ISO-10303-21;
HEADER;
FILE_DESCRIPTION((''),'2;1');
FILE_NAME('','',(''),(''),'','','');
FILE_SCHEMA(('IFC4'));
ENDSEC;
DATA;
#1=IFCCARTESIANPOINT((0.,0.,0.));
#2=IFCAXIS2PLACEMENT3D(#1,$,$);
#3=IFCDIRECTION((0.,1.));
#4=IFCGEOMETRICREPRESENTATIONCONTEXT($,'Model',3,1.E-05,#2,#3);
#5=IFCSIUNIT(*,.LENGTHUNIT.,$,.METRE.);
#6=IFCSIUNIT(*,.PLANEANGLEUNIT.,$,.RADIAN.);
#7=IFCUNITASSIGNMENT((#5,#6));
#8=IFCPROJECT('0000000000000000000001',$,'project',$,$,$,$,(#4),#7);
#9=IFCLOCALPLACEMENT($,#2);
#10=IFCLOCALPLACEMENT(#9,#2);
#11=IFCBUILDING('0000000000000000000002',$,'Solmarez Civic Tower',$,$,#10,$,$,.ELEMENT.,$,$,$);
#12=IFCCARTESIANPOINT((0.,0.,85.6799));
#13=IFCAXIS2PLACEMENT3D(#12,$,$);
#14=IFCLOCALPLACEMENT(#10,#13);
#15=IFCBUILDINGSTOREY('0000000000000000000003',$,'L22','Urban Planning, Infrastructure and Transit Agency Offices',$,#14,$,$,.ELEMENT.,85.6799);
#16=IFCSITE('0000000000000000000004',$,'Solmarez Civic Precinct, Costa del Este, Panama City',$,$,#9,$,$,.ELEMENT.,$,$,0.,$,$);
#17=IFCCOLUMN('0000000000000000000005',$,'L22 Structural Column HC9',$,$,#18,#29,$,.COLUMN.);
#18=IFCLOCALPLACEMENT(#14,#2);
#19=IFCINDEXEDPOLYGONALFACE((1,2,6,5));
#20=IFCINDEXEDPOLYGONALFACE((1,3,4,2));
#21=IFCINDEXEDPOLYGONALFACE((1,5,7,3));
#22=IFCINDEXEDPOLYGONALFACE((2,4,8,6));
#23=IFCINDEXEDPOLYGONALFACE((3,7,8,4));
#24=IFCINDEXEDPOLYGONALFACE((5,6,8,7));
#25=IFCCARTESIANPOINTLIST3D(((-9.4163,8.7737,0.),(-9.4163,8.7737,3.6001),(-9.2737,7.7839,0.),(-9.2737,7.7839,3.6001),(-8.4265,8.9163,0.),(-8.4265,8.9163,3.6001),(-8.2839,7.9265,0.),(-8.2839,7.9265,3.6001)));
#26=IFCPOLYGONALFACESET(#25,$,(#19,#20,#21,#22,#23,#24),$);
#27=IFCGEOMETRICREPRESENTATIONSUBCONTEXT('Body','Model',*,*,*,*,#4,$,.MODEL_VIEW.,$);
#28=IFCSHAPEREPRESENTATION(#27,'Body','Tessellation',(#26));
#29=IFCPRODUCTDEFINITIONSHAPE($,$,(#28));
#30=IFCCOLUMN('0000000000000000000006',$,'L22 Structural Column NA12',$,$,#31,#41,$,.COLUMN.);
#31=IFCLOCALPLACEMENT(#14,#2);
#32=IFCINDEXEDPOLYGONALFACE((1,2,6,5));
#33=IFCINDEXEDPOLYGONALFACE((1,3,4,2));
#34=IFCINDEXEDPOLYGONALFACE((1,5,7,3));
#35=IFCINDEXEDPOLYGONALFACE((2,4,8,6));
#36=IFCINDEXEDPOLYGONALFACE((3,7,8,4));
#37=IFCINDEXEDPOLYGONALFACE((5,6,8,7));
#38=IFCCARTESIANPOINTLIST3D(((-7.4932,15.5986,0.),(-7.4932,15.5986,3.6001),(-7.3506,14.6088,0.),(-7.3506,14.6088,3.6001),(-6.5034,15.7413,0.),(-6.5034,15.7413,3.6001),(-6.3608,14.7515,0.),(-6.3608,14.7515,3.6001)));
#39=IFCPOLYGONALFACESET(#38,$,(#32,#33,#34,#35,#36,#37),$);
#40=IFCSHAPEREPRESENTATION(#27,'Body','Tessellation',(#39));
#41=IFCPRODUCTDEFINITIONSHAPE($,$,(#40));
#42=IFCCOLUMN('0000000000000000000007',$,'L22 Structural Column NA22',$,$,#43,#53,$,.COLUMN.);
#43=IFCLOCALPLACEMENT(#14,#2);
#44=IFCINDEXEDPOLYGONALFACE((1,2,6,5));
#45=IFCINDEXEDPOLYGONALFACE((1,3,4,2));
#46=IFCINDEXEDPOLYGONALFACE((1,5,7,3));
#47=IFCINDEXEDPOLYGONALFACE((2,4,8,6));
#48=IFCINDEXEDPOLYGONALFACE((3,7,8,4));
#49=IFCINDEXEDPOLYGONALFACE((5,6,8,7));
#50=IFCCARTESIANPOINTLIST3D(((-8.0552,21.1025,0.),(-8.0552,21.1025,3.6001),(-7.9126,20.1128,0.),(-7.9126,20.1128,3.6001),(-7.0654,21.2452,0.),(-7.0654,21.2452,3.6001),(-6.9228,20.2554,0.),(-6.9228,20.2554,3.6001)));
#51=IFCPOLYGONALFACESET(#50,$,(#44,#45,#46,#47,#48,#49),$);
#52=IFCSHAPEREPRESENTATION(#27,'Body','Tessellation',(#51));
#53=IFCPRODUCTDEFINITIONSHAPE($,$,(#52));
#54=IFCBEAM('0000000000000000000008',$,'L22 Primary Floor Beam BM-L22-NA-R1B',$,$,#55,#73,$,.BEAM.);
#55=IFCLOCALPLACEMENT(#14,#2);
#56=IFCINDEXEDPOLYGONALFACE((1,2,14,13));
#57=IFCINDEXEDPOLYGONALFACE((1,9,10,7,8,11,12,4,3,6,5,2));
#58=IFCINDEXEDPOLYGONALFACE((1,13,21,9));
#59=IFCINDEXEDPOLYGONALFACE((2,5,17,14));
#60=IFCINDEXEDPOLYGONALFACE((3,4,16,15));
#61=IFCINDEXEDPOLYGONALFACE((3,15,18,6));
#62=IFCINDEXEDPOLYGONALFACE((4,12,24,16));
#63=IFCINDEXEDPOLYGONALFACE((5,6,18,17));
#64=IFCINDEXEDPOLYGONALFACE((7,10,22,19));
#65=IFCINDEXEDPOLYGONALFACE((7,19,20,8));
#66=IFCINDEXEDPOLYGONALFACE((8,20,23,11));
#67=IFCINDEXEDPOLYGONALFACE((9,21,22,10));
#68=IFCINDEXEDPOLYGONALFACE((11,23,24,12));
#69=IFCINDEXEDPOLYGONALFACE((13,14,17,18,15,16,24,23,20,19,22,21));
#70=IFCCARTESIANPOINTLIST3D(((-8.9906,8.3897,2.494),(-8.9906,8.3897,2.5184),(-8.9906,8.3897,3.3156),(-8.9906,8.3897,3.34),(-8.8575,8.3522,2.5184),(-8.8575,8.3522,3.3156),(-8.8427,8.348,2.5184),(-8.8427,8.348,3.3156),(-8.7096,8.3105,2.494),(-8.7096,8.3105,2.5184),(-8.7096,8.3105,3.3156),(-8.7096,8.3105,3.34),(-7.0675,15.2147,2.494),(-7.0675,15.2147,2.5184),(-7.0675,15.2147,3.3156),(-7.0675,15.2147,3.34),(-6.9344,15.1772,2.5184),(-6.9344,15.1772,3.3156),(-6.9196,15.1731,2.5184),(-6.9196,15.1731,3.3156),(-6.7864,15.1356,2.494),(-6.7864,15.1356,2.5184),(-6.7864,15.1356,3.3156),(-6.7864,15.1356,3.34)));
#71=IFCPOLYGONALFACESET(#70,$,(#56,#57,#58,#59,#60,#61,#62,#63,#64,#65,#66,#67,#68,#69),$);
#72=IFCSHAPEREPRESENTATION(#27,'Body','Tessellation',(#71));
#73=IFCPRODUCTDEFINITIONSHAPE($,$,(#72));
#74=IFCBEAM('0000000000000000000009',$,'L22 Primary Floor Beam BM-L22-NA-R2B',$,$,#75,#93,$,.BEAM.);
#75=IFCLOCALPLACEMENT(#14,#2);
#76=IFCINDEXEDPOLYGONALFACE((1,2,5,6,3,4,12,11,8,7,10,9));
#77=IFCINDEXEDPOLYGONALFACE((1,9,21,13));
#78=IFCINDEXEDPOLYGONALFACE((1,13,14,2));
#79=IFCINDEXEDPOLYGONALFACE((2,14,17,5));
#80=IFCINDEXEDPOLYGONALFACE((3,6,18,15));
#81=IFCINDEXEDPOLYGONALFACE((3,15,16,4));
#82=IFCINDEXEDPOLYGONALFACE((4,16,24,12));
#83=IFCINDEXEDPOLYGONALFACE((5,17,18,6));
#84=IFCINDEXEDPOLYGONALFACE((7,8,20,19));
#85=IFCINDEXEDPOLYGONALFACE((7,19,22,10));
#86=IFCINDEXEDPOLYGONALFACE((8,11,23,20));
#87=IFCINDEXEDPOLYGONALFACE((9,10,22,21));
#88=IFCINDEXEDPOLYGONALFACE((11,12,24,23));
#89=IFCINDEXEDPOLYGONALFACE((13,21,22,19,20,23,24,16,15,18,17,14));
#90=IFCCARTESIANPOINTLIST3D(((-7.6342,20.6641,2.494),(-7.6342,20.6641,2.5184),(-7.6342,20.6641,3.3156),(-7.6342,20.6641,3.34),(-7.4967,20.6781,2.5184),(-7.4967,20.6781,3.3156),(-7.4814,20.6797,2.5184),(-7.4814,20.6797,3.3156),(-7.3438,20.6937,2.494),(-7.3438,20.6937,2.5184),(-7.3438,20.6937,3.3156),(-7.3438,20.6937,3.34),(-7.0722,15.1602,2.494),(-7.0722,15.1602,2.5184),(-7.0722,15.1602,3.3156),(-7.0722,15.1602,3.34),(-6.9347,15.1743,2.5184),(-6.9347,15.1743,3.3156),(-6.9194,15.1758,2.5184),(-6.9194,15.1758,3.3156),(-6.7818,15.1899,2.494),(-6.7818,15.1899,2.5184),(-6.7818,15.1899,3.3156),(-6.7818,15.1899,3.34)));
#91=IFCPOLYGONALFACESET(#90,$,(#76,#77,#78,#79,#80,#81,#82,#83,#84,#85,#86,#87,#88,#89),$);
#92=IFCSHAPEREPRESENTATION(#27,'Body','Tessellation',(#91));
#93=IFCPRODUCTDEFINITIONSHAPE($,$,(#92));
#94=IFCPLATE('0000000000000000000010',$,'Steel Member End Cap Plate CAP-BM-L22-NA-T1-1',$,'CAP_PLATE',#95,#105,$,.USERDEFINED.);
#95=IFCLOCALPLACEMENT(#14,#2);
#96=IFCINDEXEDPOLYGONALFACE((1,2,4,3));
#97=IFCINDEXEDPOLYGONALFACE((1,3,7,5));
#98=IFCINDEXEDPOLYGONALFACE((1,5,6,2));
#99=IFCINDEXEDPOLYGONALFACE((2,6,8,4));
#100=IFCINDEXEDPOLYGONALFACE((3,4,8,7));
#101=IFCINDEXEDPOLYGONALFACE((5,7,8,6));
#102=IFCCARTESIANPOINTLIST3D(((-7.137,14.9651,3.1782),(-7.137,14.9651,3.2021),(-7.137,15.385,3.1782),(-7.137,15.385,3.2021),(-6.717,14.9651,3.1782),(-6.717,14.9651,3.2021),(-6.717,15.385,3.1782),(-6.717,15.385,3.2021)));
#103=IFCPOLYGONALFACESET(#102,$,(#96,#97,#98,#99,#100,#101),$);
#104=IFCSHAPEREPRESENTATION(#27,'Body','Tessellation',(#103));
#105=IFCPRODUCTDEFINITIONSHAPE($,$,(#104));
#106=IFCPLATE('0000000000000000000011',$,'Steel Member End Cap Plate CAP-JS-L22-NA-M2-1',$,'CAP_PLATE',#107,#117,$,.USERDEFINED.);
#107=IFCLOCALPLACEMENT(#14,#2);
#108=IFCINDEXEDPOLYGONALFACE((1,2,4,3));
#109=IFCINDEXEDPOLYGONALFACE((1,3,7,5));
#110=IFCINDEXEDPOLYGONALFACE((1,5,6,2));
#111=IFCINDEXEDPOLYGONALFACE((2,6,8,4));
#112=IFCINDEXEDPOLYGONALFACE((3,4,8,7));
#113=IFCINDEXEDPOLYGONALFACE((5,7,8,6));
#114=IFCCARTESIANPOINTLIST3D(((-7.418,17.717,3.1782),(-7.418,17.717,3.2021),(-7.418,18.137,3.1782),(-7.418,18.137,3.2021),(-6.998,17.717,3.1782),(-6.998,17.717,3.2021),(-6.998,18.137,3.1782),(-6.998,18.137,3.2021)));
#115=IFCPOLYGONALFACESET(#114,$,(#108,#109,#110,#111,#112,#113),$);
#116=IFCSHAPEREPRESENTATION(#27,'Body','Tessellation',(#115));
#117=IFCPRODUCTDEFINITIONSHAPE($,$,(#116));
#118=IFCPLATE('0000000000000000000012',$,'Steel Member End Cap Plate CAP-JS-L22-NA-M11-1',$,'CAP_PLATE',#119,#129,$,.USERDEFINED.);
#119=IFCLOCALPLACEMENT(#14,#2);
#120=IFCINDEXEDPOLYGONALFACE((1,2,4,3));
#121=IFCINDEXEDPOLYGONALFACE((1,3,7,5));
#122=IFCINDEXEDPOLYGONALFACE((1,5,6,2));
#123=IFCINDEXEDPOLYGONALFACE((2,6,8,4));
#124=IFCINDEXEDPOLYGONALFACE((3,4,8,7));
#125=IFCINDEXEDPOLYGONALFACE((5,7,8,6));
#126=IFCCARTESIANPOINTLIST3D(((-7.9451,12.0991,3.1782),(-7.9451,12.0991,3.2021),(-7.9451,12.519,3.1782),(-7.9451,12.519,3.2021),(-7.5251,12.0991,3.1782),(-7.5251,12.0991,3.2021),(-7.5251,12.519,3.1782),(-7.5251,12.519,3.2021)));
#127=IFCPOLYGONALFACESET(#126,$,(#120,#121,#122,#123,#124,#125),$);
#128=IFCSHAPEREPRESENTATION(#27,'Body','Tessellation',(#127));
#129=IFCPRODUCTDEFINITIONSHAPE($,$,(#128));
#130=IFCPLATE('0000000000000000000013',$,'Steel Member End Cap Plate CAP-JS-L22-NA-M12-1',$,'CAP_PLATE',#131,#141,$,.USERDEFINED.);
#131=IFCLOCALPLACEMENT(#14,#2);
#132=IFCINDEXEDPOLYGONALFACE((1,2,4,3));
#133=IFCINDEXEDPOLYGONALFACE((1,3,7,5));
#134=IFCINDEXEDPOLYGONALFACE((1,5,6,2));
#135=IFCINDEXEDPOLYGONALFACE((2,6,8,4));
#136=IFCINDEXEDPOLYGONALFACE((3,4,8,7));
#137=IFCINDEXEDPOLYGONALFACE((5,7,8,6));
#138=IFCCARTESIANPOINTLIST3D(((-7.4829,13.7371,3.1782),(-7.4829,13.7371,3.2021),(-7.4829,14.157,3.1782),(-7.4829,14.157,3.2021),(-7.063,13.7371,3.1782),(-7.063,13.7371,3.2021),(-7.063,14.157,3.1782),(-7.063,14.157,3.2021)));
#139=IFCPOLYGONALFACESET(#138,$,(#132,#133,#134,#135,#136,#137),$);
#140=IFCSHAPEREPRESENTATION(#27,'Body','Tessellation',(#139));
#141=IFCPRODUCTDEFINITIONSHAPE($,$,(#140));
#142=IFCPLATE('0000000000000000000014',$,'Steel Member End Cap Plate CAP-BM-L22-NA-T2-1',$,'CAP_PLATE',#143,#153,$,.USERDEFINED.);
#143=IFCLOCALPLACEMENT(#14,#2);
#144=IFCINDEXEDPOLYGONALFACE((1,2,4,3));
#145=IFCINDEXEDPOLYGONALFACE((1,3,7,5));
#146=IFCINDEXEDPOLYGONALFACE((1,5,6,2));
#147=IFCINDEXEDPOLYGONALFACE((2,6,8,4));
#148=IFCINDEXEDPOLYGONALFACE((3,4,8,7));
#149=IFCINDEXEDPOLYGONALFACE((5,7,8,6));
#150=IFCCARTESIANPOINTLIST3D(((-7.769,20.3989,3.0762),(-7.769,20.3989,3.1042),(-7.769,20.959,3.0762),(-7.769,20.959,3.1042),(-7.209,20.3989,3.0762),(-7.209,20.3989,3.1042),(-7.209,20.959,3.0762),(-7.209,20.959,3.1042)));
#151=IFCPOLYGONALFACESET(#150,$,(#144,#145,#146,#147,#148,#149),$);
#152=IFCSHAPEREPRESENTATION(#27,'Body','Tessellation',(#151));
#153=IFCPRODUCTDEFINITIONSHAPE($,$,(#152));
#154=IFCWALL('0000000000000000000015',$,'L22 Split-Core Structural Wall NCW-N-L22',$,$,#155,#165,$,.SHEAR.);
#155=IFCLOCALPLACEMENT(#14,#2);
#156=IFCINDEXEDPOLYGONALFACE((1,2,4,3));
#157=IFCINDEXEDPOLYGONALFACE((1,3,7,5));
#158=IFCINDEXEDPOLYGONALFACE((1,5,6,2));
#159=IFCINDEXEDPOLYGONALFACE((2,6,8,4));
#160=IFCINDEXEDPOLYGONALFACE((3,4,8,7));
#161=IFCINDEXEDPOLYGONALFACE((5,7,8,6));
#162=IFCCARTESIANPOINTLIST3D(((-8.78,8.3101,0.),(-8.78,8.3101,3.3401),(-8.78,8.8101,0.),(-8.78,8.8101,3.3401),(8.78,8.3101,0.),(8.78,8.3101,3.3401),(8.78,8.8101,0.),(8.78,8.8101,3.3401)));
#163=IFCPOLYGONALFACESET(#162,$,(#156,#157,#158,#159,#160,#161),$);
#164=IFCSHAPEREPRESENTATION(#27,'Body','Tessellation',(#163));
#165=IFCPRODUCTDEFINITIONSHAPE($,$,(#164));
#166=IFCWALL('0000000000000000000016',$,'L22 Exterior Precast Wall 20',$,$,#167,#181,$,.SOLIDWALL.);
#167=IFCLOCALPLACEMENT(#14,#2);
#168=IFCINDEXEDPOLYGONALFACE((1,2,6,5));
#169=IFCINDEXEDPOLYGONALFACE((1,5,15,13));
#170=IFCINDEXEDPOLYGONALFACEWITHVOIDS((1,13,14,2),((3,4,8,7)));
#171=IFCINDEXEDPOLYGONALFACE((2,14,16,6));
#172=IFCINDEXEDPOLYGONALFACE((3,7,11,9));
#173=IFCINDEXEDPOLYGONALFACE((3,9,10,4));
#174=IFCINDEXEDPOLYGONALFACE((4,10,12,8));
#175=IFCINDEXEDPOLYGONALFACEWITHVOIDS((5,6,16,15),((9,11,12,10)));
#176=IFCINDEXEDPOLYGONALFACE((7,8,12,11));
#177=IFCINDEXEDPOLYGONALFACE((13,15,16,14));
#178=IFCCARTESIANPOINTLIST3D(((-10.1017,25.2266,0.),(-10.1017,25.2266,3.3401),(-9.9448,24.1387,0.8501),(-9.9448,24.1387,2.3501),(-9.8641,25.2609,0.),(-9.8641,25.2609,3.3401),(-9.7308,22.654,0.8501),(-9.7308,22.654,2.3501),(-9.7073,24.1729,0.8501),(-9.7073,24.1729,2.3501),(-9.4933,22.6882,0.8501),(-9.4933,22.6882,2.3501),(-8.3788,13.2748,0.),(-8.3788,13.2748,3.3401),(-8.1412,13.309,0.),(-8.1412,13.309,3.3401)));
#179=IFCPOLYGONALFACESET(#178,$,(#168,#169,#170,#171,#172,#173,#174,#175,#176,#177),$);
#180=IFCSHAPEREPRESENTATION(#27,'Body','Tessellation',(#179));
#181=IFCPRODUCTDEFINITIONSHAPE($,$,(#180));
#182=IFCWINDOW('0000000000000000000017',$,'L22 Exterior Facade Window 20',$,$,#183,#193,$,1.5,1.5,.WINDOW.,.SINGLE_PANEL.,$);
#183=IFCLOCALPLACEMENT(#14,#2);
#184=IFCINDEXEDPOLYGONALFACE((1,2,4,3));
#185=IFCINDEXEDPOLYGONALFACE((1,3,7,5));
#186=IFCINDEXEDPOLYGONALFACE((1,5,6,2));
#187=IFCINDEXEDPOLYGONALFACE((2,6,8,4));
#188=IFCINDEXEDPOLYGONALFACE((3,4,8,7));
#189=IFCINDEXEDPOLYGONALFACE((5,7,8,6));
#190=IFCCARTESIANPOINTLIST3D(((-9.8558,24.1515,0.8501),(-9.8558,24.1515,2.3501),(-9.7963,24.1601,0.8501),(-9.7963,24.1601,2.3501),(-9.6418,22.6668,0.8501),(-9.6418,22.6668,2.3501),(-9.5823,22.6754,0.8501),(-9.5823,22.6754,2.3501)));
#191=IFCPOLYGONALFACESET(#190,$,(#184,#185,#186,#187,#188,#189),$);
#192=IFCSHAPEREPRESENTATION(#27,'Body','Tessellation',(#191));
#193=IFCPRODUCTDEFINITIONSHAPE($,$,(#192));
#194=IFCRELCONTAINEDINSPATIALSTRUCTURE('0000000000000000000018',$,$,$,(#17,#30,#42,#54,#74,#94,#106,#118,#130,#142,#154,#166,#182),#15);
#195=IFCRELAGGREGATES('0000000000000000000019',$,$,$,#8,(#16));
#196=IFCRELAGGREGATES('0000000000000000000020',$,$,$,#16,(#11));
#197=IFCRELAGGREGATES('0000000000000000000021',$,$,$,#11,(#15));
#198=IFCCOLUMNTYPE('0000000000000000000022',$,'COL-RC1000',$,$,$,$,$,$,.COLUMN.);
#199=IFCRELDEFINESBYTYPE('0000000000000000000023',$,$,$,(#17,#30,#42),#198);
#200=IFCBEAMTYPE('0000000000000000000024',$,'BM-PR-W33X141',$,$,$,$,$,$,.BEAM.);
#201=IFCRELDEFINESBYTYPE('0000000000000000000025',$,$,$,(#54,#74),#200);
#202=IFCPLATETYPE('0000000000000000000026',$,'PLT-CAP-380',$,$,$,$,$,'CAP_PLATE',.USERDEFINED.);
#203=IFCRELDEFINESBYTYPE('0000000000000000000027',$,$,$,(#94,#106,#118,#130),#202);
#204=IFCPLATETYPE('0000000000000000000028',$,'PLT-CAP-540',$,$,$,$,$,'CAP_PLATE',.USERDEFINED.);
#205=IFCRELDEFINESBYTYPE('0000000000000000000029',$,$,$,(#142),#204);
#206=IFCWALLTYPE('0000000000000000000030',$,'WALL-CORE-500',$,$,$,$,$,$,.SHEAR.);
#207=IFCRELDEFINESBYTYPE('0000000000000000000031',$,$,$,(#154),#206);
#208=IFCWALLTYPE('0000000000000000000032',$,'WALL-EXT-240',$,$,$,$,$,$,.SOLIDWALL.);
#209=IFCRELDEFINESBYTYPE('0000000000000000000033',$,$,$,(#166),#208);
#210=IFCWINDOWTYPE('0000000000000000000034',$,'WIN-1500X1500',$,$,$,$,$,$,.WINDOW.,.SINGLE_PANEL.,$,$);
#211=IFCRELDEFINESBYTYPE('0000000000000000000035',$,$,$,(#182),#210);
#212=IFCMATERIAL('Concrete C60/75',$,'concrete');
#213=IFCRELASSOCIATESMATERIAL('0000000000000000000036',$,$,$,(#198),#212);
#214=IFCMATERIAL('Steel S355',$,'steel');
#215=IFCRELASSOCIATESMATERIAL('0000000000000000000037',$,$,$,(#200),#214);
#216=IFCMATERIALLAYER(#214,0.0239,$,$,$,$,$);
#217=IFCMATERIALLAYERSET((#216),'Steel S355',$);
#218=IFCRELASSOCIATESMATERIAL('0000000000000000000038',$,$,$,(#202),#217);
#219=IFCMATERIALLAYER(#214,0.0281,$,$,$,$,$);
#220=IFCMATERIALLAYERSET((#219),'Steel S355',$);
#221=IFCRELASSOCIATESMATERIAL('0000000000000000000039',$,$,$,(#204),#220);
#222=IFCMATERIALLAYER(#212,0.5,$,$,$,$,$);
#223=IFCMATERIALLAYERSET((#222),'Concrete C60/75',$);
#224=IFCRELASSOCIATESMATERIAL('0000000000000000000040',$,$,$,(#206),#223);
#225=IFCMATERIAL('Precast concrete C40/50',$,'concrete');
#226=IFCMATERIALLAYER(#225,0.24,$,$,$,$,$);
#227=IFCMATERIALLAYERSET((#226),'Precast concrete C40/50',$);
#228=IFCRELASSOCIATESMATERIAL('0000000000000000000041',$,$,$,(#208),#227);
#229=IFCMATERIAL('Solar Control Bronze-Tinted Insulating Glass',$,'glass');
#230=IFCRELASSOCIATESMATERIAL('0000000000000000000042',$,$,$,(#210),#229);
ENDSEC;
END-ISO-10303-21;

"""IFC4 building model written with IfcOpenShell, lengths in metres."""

from ifc_helpers import new_model, si_unit, direction, frame, frame_2d, origin, origin_2d, place, context, subcontext, project, spatial, rectangle, i_section, extrude, material, layer, layer_set, material_profile, profile_set, type_object, element, fill, save


model = new_model("IFC4")

# Units and contexts
model_context = context("Model", 3, precision=1e-05, world=origin(), true_north=direction((0.0, 1.0)))
body_context = subcontext(model_context, "Body", "Model", "MODEL_VIEW")
ifc_project = project(units=[si_unit("LENGTHUNIT", "METRE"), si_unit("PLANEANGLEUNIT", "RADIAN")], contexts=[model_context])

# Site, building, storey
site_placement = place(None, origin())
site = spatial("IfcSite", under=ifc_project, at=site_placement, Name="Solmarez Civic Precinct, Costa del Este, Panama City", CompositionType="ELEMENT", RefElevation=0.0)
building_placement = place(site_placement, origin())
building = spatial("IfcBuilding", under=site, at=building_placement, Name="Solmarez Civic Tower", CompositionType="ELEMENT")
storey_placement = place(building_placement, frame((0.0, 0.0, 85.6799)))
storey = spatial("IfcBuildingStorey", under=building, at=storey_placement, Name="L22", Description="Urban Planning, Infrastructure and Transit Agency Offices", CompositionType="ELEMENT", Elevation=85.6799)

# Columns
ifc_material_1 = material(Name="Concrete C60/75", Category="concrete")
ifc_material_profile_1 = material_profile(ifc_material_1, rectangle(XDim=1.0, YDim=1.0, at=origin_2d()), Name="RC1000X1000")
ifc_profile_set_1 = profile_set([ifc_material_profile_1], Name="Concrete C60/75")
column_type = type_object("IfcColumnType", Name="COL-RC1000", PredefinedType="COLUMN", material=ifc_profile_set_1)
for number, where, z_axis, x_axis, name in (
    (1, (-8.8501, 8.3501, 0.0), (0.0, 0.0, 1.0), (0.989776, 0.142629, 0.0), "L22 Structural Column HC9"),
    (2, (-6.927, 15.175, 0.0), (0.0, 0.0, 1.0), (0.989776, 0.142629, 0.0), "L22 Structural Column NA12"),
    (3, (-7.489, 20.679, 0.0), (0.0, 0.0, 1.0), (0.989776, 0.142629, 0.0), "L22 Structural Column NA22"),
):
    element("IfcColumn", number, at=place(storey_placement, frame(where, z_axis=z_axis, x_axis=x_axis)), inside=storey, type_object=column_type, Name=name, PredefinedType="COLUMN", context=body_context, shape_type="SweptSolid", body=[
        extrude(rectangle(XDim=1.0, YDim=1.0, at=origin_2d()), origin(), (0.0, 0.0, 1.0), 3.6001),
    ])

# Beams
ifc_material_2 = material(Name="Steel S355", Category="steel")
ifc_material_profile_2 = material_profile(ifc_material_2, i_section(OverallWidth=0.292, OverallDepth=0.8459, WebThickness=0.0154, FlangeThickness=0.0244, at=origin_2d()), Name="W33X141")
ifc_profile_set_2 = profile_set([ifc_material_profile_2], Name="Steel S355")
beam_type = type_object("IfcBeamType", Name="BM-PR-W33X141", PredefinedType="BEAM", material=ifc_profile_set_2)
beam_1_placement = place(storey_placement, frame((-8.8501, 8.3501, 2.917), z_axis=(0.271213, 0.962519, 0.0), x_axis=(-0.962519, 0.271213, 0.0)))
element("IfcBeam", 4, at=beam_1_placement, inside=storey, type_object=beam_type, Name="L22 Primary Floor Beam BM-L22-NA-R1B", PredefinedType="BEAM", context=body_context, shape_type="SweptSolid", body=[
    extrude(i_section(OverallWidth=0.292, OverallDepth=0.8459, WebThickness=0.0154, FlangeThickness=0.0244, at=origin_2d()), origin(), (0.0, 0.0, 1.0), 7.0908),
])
beam_2_placement = place(storey_placement, frame((-6.927, 15.175, 2.917), z_axis=(-0.101583, 0.994827, 0.0), x_axis=(-0.994827, -0.101583, 0.0)))
element("IfcBeam", 5, at=beam_2_placement, inside=storey, type_object=beam_type, Name="L22 Primary Floor Beam BM-L22-NA-R2B", PredefinedType="BEAM", context=body_context, shape_type="SweptSolid", body=[
    extrude(i_section(OverallWidth=0.292, OverallDepth=0.8459, WebThickness=0.0154, FlangeThickness=0.0244, at=origin_2d()), origin(), (0.0, 0.0, 1.0), 5.5325),
])

# Plates
ifc_layer_1 = layer(ifc_material_2, 0.0239)
ifc_layer_set_1 = layer_set([ifc_layer_1], Name="Steel S355")
plate_type_1 = type_object("IfcPlateType", Name="PLT-CAP-380", ElementType="CAP_PLATE", PredefinedType="USERDEFINED", material=ifc_layer_set_1)
for number, where, z_axis, x_axis, name in (
    (6, (-6.927, 15.175, 3.1782), (0.0, 0.0, 1.0), (1.0, 0.0, 0.0), "Steel Member End Cap Plate CAP-BM-L22-NA-T1-1"),
    (7, (-7.208, 17.927, 3.1782), (0.0, 0.0, 1.0), (1.0, 0.0, 0.0), "Steel Member End Cap Plate CAP-JS-L22-NA-M2-1"),
    (8, (-7.7351, 12.3091, 3.1782), (0.0, 0.0, 1.0), (1.0, 0.0, 0.0), "Steel Member End Cap Plate CAP-JS-L22-NA-M11-1"),
    (9, (-7.2729, 13.947, 3.1782), (0.0, 0.0, 1.0), (1.0, 0.0, 0.0), "Steel Member End Cap Plate CAP-JS-L22-NA-M12-1"),
):
    element("IfcPlate", number, at=place(storey_placement, frame(where, z_axis=z_axis, x_axis=x_axis)), inside=storey, type_object=plate_type_1, Name=name, ObjectType="CAP_PLATE", PredefinedType="USERDEFINED", context=body_context, shape_type="SweptSolid", body=[
        extrude(rectangle(XDim=0.4199, YDim=0.4199, at=origin_2d()), origin(), (0.0, 0.0, 1.0), 0.0239),
    ])
ifc_layer_2 = layer(ifc_material_2, 0.0281)
ifc_layer_set_2 = layer_set([ifc_layer_2], Name="Steel S355")
plate_type_2 = type_object("IfcPlateType", Name="PLT-CAP-540", ElementType="CAP_PLATE", PredefinedType="USERDEFINED", material=ifc_layer_set_2)
plate_placement = place(storey_placement, frame((-7.489, 20.679, 3.0762), z_axis=(0.0, 0.0, 1.0), x_axis=(1.0, 0.0, 0.0)))
element("IfcPlate", 10, at=plate_placement, inside=storey, type_object=plate_type_2, Name="Steel Member End Cap Plate CAP-BM-L22-NA-T2-1", ObjectType="CAP_PLATE", PredefinedType="USERDEFINED", context=body_context, shape_type="SweptSolid", body=[
    extrude(rectangle(XDim=0.5601, YDim=0.5601, at=origin_2d()), origin(), (0.0, 0.0, 1.0), 0.0281),
])

# Wall
ifc_layer_3 = layer(ifc_material_1, 0.5)
ifc_layer_set_3 = layer_set([ifc_layer_3], Name="Concrete C60/75")
wall_type_1 = type_object("IfcWallType", Name="WALL-CORE-500", PredefinedType="SHEAR", material=ifc_layer_set_3)
wall_1_placement = place(storey_placement, frame((-8.78, 8.5601, 0.0), z_axis=(0.0, 0.0, 1.0), x_axis=(1.0, 0.0, 0.0)))
element("IfcWall", 11, at=wall_1_placement, inside=storey, type_object=wall_type_1, Name="L22 Split-Core Structural Wall NCW-N-L22", PredefinedType="SHEAR", context=body_context, shape_type="SweptSolid", body=[
    extrude(rectangle(XDim=17.5601, YDim=0.5, at=frame_2d((8.78, 0.0))), origin(), (0.0, 0.0, 1.0), 3.3401),
])

# Wall, opening, window
ifc_material_3 = material(Name="Precast concrete C40/50", Category="concrete")
ifc_layer_4 = layer(ifc_material_3, 0.24)
ifc_layer_set_4 = layer_set([ifc_layer_4], Name="Precast concrete C40/50")
wall_type_2 = type_object("IfcWallType", Name="WALL-EXT-240", PredefinedType="SOLIDWALL", material=ifc_layer_set_4)
wall_2_placement = place(storey_placement, frame((-8.26, 13.292, 0.0), z_axis=(0.0, 0.0, 1.0), x_axis=(-0.142678, 0.989769, 0.0)))
wall_2 = element("IfcWall", 12, at=wall_2_placement, inside=storey, type_object=wall_type_2, Name="L22 Exterior Precast Wall 20", PredefinedType="SOLIDWALL", context=body_context, shape_type="SweptSolid", body=[
    extrude(rectangle(XDim=12.0754, YDim=0.24, at=frame_2d((6.0376, 0.0))), origin(), (0.0, 0.0, 1.0), 3.3401),
])
opening_1_placement = place(wall_2_placement, frame((9.4761, 0.0, 0.8501)))
opening_1 = element("IfcOpeningElement", 13, at=opening_1_placement, cuts=wall_2, PredefinedType="OPENING", context=body_context, shape_type="SweptSolid", body=[
    extrude(rectangle(XDim=1.5, YDim=1.5, at=frame_2d((0.75, 0.75))), frame((0.0, 0.1299, 0.0), z_axis=(0.0, -1.0, 0.0), x_axis=(1.0, 0.0, 0.0)), (0.0, 0.0, 1.0), 0.26),
])
ifc_material_4 = material(Name="Solar Control Bronze-Tinted Insulating Glass", Category="glass")
window_type_1 = type_object("IfcWindowType", Name="WIN-1500X1500", PartitioningType="SINGLE_PANEL", PredefinedType="WINDOW", material=ifc_material_4)
window_1_placement = place(opening_1_placement, origin())
window_1 = element("IfcWindow", 14, at=window_1_placement, inside=storey, type_object=window_type_1, Name="L22 Exterior Facade Window 20", OverallHeight=1.5, OverallWidth=1.5, PartitioningType="SINGLE_PANEL", PredefinedType="WINDOW", context=body_context, shape_type="SweptSolid", body=[
    extrude(rectangle(XDim=1.5, YDim=1.5, at=frame_2d((0.75, 0.75))), frame((0.0, 0.03, 0.0), z_axis=(0.0, -1.0, 0.0), x_axis=(1.0, 0.0, 0.0)), (0.0, 0.0, 1.0), 0.0601),
])
fill(opening_1, window_1)

save(model, "model.ifc")
